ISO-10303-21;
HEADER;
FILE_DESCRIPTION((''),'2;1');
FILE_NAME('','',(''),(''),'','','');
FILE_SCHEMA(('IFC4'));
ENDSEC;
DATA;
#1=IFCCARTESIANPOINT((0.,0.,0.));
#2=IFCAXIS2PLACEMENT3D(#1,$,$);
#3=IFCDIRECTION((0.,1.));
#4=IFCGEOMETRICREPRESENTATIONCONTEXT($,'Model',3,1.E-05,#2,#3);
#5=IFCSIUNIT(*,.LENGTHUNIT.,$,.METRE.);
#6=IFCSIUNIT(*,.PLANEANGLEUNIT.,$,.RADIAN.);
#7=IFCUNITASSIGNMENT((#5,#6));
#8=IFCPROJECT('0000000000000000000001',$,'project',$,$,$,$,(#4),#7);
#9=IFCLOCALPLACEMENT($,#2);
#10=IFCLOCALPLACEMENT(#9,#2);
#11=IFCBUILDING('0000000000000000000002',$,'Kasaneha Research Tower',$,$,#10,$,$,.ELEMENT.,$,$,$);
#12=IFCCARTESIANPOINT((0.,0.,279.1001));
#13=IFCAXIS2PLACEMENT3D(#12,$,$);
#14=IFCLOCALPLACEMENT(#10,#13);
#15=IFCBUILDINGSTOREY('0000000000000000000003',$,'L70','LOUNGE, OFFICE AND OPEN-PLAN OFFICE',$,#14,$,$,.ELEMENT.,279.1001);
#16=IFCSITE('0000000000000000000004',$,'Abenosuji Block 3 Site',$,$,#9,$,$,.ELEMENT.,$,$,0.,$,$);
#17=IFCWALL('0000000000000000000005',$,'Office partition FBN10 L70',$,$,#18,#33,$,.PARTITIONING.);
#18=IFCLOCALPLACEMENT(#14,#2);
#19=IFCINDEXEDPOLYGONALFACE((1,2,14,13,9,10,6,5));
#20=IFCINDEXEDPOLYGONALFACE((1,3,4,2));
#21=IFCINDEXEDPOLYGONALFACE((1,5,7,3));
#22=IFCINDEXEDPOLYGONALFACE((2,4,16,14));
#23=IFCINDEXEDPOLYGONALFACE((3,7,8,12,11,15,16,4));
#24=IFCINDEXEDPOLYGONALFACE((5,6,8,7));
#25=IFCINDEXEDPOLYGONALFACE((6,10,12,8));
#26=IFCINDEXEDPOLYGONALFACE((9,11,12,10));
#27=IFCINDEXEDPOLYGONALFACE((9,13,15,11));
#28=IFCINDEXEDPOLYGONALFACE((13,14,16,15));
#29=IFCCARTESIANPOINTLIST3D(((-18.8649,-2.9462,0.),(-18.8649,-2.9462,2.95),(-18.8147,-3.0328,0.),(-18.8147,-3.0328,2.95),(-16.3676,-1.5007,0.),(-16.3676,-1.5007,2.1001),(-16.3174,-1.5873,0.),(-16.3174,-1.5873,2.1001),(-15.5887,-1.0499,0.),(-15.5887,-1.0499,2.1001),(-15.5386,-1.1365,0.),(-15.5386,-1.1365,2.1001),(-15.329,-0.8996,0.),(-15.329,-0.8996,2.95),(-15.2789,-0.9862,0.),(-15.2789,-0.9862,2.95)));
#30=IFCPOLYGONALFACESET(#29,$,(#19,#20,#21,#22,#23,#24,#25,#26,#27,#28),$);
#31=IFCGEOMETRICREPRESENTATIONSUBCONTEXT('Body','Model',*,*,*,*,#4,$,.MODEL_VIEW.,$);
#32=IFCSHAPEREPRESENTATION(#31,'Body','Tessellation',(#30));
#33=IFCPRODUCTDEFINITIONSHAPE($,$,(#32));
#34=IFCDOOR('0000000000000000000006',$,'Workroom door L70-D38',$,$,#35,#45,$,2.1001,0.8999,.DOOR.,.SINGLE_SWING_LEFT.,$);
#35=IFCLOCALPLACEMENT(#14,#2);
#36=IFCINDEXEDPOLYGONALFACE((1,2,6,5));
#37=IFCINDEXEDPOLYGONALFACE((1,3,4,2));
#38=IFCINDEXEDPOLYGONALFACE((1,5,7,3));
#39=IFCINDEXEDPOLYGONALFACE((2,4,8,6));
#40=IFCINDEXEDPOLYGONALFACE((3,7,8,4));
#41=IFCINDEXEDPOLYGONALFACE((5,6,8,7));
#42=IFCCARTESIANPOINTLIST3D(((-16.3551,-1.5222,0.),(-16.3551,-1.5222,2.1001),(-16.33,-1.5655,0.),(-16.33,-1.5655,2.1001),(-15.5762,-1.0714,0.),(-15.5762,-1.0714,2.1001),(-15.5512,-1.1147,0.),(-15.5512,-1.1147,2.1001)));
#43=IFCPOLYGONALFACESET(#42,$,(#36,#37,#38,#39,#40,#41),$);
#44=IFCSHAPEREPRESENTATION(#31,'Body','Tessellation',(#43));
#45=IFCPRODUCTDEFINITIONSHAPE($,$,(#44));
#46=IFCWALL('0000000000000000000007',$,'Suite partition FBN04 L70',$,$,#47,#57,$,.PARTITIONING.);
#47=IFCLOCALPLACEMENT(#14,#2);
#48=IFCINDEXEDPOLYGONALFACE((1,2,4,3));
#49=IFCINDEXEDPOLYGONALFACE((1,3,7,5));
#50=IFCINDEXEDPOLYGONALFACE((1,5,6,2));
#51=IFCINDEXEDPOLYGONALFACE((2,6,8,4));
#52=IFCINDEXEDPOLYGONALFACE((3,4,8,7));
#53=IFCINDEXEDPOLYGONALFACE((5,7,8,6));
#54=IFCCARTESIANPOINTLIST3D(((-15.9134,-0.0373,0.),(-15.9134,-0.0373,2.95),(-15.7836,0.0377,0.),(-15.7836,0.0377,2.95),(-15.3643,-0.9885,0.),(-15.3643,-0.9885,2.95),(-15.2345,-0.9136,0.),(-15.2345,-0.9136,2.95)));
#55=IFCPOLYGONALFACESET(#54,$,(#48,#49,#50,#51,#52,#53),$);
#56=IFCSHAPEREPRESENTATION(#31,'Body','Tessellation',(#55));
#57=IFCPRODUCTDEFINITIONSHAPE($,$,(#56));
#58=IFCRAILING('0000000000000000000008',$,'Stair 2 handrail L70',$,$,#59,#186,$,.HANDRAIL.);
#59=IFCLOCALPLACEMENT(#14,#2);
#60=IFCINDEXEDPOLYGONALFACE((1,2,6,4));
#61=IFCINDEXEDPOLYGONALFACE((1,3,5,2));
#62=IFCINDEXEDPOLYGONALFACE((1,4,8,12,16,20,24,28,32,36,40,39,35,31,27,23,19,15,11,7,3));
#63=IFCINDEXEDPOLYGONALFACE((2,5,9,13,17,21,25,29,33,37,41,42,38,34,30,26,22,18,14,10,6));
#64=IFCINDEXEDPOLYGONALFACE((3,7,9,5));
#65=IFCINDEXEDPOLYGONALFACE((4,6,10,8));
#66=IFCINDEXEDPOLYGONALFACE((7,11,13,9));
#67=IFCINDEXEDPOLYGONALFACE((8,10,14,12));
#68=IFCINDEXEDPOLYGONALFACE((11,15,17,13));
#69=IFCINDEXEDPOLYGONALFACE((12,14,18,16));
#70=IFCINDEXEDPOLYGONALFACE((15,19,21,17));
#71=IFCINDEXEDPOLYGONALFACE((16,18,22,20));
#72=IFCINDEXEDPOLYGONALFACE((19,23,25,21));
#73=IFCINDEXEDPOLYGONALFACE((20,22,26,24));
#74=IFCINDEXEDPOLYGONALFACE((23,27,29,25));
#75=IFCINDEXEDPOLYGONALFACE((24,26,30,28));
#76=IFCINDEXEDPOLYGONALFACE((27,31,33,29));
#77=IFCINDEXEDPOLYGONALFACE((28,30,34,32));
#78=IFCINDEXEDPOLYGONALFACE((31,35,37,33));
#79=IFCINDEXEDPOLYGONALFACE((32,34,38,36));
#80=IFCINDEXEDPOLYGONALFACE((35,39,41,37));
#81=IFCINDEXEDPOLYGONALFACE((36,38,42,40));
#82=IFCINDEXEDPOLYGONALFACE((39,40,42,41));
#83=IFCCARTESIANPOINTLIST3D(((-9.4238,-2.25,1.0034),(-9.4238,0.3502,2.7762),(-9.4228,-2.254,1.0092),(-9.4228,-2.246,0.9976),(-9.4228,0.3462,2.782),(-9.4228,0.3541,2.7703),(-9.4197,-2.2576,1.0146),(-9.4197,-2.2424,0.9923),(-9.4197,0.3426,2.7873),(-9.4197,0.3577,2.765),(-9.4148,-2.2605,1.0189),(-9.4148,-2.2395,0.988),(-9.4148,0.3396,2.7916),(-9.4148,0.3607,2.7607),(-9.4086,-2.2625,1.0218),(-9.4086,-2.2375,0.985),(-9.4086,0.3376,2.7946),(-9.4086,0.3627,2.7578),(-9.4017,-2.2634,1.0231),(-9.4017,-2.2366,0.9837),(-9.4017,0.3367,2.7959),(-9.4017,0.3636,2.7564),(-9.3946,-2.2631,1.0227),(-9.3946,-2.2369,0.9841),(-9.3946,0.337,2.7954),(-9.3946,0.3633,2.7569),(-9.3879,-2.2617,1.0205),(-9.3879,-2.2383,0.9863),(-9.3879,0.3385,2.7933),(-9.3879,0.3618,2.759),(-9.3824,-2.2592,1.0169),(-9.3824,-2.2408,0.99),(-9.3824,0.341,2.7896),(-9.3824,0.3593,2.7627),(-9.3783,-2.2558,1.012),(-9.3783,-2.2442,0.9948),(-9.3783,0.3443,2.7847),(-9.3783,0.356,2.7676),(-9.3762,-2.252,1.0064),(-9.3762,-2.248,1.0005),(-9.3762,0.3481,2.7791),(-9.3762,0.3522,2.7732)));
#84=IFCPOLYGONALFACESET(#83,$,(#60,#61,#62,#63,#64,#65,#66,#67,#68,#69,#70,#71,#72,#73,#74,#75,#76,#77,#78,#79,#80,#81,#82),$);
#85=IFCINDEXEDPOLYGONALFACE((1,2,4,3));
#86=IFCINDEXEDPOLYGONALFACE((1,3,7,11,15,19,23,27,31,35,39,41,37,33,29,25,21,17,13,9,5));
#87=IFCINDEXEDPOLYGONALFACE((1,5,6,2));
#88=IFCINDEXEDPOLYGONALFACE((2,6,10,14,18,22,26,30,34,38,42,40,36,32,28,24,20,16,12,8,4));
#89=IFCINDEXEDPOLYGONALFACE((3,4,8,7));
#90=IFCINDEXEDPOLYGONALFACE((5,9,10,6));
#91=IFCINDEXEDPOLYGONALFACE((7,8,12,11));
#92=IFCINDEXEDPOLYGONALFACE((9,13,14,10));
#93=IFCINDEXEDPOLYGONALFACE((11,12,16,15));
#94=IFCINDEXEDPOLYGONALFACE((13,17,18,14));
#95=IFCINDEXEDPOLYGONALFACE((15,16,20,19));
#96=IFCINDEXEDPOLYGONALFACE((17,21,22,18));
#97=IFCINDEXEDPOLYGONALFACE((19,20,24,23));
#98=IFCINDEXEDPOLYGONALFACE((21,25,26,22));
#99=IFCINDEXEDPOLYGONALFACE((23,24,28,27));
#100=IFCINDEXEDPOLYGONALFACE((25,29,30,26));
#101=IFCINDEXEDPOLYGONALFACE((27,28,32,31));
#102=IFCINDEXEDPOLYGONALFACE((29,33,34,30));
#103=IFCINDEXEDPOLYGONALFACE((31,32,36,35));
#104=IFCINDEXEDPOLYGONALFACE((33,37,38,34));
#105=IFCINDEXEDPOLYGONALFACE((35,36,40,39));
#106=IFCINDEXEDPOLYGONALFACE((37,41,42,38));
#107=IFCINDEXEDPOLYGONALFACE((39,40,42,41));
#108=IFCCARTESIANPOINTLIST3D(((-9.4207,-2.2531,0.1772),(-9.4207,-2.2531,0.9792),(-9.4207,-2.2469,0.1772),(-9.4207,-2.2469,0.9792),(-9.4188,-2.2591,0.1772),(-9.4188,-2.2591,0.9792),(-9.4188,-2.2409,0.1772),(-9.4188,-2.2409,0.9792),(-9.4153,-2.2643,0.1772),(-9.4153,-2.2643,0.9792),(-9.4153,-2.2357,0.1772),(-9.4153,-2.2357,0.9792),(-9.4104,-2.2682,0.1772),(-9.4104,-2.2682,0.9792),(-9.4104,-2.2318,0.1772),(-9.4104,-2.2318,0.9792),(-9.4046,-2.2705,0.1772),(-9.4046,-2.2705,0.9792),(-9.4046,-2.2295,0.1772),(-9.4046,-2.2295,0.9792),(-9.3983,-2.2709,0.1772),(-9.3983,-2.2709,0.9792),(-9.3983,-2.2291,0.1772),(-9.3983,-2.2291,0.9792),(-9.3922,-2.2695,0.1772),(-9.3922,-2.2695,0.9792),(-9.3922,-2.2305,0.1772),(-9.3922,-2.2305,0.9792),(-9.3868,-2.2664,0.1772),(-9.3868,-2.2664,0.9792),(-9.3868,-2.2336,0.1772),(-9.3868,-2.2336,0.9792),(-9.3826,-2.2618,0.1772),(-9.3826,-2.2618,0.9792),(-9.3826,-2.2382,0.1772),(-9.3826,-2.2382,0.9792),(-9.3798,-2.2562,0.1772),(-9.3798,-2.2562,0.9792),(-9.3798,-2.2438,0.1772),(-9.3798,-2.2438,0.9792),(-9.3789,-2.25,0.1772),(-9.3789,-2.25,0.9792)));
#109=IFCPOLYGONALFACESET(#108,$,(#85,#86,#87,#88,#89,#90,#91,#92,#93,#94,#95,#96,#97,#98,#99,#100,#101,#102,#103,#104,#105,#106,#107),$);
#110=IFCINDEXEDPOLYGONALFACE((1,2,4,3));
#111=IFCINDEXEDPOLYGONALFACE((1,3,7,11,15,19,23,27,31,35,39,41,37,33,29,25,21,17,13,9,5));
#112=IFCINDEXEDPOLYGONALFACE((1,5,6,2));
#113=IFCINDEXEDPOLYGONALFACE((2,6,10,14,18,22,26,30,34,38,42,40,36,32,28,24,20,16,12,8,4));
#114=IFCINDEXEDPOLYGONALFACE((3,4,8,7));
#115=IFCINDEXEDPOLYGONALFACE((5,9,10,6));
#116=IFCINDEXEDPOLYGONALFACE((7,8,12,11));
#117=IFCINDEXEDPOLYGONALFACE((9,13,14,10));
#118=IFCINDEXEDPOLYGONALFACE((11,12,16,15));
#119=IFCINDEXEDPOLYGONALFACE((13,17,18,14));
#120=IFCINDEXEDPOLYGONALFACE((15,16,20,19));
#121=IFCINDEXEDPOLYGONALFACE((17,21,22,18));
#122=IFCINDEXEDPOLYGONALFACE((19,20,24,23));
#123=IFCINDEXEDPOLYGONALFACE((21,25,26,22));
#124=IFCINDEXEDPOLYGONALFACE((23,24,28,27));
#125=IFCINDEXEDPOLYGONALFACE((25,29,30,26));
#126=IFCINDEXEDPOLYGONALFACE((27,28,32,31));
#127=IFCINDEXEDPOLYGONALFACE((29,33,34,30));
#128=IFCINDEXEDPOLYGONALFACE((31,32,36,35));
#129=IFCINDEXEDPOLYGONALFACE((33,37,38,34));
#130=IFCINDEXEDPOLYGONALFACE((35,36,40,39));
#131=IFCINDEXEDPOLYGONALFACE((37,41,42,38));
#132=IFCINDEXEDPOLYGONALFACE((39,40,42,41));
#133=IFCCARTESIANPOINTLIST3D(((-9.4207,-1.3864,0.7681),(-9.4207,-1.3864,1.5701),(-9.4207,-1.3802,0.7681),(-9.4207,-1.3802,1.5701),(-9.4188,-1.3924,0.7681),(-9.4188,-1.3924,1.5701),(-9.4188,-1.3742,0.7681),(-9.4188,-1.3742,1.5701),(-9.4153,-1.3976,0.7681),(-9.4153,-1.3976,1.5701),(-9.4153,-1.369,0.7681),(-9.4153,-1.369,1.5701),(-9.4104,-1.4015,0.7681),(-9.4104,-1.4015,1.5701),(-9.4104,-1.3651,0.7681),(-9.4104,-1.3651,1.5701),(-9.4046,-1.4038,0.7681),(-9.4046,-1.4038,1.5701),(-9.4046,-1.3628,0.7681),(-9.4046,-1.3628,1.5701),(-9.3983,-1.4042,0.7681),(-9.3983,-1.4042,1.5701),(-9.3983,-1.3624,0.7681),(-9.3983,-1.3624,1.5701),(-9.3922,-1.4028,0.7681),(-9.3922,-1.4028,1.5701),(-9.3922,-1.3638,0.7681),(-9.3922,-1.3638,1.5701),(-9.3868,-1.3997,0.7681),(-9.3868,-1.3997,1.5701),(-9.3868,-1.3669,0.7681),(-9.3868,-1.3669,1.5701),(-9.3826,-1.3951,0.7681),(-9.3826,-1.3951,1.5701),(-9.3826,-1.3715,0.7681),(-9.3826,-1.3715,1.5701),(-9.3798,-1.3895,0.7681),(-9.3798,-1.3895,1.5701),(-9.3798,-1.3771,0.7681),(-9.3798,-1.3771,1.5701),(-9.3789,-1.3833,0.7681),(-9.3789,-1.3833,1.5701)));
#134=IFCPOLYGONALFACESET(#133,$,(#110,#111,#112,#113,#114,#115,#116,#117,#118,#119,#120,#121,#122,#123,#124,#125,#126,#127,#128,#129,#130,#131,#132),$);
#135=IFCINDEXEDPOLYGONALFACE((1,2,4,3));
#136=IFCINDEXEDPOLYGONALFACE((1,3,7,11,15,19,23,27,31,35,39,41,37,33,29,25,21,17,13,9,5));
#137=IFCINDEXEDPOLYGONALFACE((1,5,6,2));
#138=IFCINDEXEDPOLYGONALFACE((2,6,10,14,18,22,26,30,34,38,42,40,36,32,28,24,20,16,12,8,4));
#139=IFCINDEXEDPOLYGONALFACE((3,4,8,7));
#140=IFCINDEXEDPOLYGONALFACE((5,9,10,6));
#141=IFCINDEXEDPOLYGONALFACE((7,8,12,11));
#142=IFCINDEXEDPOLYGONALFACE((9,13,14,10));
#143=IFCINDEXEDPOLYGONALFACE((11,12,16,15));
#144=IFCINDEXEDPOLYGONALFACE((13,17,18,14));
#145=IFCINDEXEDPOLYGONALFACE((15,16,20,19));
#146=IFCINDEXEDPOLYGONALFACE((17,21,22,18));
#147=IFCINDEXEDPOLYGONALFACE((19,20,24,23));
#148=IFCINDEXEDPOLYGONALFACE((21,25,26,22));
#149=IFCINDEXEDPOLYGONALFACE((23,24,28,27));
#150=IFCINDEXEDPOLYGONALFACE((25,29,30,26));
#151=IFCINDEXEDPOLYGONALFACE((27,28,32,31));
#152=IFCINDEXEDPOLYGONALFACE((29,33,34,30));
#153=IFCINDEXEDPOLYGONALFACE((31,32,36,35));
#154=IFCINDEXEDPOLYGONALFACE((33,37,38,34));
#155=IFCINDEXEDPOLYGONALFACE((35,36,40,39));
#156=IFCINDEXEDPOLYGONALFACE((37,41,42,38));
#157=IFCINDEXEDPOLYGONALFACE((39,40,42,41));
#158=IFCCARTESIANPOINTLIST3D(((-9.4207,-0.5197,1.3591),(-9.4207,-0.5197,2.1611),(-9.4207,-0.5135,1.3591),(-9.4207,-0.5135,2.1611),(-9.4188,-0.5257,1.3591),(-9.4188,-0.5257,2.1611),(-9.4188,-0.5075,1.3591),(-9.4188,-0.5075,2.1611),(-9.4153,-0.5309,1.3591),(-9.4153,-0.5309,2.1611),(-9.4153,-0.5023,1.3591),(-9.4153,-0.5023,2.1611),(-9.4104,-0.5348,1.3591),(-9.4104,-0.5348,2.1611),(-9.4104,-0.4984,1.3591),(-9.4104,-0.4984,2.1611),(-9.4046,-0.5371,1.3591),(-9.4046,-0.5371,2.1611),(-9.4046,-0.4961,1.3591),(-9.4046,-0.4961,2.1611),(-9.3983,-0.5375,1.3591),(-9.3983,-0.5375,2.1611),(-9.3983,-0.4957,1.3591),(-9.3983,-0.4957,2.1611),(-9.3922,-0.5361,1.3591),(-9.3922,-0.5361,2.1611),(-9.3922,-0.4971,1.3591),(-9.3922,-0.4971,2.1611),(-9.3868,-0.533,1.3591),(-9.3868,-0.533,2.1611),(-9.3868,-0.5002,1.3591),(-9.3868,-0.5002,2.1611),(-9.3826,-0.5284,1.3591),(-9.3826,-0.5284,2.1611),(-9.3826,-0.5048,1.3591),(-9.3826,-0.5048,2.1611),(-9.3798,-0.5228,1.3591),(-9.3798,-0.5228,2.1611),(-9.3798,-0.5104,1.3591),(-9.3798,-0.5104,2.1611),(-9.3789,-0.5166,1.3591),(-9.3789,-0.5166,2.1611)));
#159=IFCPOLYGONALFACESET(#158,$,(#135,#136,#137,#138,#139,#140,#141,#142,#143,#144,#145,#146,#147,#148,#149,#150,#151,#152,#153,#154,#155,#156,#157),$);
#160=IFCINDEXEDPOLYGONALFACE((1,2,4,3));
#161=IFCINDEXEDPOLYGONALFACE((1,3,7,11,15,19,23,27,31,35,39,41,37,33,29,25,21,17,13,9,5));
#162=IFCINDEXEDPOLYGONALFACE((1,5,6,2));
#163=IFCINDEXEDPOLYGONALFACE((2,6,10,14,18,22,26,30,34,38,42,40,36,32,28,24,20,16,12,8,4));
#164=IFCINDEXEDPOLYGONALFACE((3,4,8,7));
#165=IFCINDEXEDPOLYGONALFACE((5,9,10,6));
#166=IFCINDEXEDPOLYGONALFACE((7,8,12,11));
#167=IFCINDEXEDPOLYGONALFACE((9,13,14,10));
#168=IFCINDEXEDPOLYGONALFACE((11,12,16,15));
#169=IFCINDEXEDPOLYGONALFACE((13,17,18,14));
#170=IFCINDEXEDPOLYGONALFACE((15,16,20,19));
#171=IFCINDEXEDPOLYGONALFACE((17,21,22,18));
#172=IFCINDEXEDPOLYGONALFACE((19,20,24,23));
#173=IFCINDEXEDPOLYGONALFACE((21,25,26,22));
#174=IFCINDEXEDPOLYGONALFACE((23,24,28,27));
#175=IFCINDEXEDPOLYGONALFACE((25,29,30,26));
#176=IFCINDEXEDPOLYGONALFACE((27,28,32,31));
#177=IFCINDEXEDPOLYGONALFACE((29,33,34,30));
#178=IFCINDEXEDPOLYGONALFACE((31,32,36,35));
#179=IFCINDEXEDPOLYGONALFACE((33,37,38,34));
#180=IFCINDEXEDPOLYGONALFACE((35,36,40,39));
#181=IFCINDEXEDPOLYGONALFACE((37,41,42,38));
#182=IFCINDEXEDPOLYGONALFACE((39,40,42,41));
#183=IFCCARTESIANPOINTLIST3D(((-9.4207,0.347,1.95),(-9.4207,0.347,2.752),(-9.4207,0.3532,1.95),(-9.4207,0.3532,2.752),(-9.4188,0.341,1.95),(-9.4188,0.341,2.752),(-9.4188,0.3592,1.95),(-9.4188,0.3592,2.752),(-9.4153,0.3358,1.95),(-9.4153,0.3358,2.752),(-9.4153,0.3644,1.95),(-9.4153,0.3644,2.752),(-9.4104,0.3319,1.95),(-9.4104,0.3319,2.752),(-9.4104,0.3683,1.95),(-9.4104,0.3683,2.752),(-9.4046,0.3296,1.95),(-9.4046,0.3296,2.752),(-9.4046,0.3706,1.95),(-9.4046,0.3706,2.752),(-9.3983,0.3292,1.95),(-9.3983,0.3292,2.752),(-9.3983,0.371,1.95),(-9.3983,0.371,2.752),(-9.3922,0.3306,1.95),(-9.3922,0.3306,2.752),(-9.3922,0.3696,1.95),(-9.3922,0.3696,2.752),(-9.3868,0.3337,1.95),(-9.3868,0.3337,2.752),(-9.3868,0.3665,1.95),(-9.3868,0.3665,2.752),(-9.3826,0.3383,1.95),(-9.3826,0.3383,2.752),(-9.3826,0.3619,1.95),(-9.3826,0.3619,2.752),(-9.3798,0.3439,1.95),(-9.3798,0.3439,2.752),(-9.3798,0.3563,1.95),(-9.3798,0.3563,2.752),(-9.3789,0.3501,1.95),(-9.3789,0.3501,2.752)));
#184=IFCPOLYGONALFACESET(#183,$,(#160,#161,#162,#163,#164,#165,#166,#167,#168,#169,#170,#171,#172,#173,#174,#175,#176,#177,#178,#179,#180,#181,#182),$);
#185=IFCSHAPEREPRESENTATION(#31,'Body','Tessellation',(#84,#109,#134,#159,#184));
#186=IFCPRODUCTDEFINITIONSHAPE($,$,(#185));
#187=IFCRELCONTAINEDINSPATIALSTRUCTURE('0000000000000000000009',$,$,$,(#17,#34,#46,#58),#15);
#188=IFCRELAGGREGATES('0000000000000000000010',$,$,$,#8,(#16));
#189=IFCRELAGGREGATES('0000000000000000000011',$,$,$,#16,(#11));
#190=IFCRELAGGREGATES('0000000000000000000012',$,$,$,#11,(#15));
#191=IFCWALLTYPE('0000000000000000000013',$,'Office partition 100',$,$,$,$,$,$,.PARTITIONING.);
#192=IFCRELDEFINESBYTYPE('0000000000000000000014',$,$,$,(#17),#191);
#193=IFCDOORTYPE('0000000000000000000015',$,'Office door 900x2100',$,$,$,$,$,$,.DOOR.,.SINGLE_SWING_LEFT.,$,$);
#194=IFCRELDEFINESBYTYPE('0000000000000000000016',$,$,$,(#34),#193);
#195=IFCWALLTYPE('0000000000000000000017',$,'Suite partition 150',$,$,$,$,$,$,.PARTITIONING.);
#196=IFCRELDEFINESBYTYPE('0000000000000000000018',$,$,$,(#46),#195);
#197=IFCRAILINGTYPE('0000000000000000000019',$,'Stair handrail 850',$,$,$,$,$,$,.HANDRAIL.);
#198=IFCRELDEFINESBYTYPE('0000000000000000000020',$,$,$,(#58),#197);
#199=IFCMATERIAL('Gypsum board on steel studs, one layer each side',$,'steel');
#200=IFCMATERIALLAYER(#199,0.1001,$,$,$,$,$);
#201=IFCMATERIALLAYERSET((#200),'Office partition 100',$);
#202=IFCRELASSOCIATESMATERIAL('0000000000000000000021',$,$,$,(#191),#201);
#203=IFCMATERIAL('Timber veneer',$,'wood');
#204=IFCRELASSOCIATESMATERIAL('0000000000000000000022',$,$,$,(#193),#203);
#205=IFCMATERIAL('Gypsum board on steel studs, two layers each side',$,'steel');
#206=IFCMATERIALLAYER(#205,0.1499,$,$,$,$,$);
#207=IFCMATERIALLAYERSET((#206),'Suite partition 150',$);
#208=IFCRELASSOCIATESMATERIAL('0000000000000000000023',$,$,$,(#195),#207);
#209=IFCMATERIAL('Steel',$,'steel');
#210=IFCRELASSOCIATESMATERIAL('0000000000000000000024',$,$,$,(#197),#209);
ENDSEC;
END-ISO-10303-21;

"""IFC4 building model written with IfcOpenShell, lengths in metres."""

from ifc_helpers import new_model, si_unit, direction, frame, frame_2d, origin, origin_2d, place, context, subcontext, project, spatial, rectangle, circle, extrude, material, layer, layer_set, type_object, element, fill, save


model = new_model("IFC4")

# Units and contexts
model_context = context("Model", 3, precision=1e-05, world=origin(), true_north=direction((0.0, 1.0)))
body_context = subcontext(model_context, "Body", "Model", "MODEL_VIEW")
ifc_project = project(units=[si_unit("LENGTHUNIT", "METRE"), si_unit("PLANEANGLEUNIT", "RADIAN")], contexts=[model_context])

# Site, building, storey
site_placement = place(None, origin())
site = spatial("IfcSite", under=ifc_project, at=site_placement, Name="Abenosuji Block 3 Site", CompositionType="ELEMENT", RefElevation=0.0)
building_placement = place(site_placement, origin())
building = spatial("IfcBuilding", under=site, at=building_placement, Name="Kasaneha Research Tower", CompositionType="ELEMENT")
storey_placement = place(building_placement, frame((0.0, 0.0, 279.1001)))
storey = spatial("IfcBuildingStorey", under=building, at=storey_placement, Name="L70", Description="LOUNGE, OFFICE AND OPEN-PLAN OFFICE", CompositionType="ELEMENT", Elevation=279.1001)

# Wall, opening, door
ifc_material_1 = material(Name="Gypsum board on steel studs, one layer each side", Category="steel")
ifc_layer_1 = layer(ifc_material_1, 0.1001)
ifc_layer_set_1 = layer_set([ifc_layer_1], Name="Office partition 100")
wall_type_1 = type_object("IfcWallType", Name="Office partition 100", PredefinedType="PARTITIONING", material=ifc_layer_set_1)
wall_1_placement = place(storey_placement, frame((-15.304, -0.9429, 0.0), z_axis=(0.0, 0.0, 1.0), x_axis=(-0.865475, -0.500951, 0.0)))
wall_1 = element("IfcWall", 1, at=wall_1_placement, inside=storey, type_object=wall_type_1, Name="Office partition FBN10 L70", PredefinedType="PARTITIONING", context=body_context, shape_type="SweptSolid", body=[
    extrude(rectangle(XDim=4.0854, YDim=0.1001, at=frame_2d((2.0427, 0.0))), origin(), (0.0, 0.0, 1.0), 2.95),
])
opening_1_placement = place(wall_1_placement, frame((0.3, 0.0, 0.0)))
opening_1 = element("IfcOpeningElement", 2, at=opening_1_placement, cuts=wall_1, PredefinedType="OPENING", context=body_context, shape_type="SweptSolid", body=[
    extrude(rectangle(XDim=0.8999, YDim=2.1001, at=frame_2d((0.45, 1.05))), frame((0.0, 0.0601, 0.0), z_axis=(0.0, -1.0, 0.0), x_axis=(1.0, 0.0, 0.0)), (0.0, 0.0, 1.0), 0.1201),
])
ifc_material_2 = material(Name="Timber veneer", Category="wood")
door_type_1 = type_object("IfcDoorType", Name="Office door 900x2100", OperationType="SINGLE_SWING_LEFT", PredefinedType="DOOR", material=ifc_material_2)
door_1_placement = place(opening_1_placement, origin())
door_1 = element("IfcDoor", 3, at=door_1_placement, inside=storey, type_object=door_type_1, Name="Workroom door L70-D38", OperationType="SINGLE_SWING_LEFT", OverallHeight=2.1001, OverallWidth=0.8999, PredefinedType="DOOR", context=body_context, shape_type="SweptSolid", body=[
    extrude(rectangle(XDim=0.8999, YDim=2.1001, at=frame_2d((0.45, 1.05))), frame((0.0, 0.0249, 0.0), z_axis=(0.0, -1.0, 0.0), x_axis=(1.0, 0.0, 0.0)), (0.0, 0.0, 1.0), 0.05),
])
fill(opening_1, door_1)

# Wall
ifc_material_3 = material(Name="Gypsum board on steel studs, two layers each side", Category="steel")
ifc_layer_2 = layer(ifc_material_3, 0.1499)
ifc_layer_set_2 = layer_set([ifc_layer_2], Name="Suite partition 150")
wall_type_2 = type_object("IfcWallType", Name="Suite partition 150", PredefinedType="PARTITIONING", material=ifc_layer_set_2)
wall_2_placement = place(storey_placement, frame((-15.2993, -0.9512, 0.0), z_axis=(0.0, 0.0, 1.0), x_axis=(-0.499941, 0.86606, 0.0)))
element("IfcWall", 4, at=wall_2_placement, inside=storey, type_object=wall_type_2, Name="Suite partition FBN04 L70", PredefinedType="PARTITIONING", context=body_context, shape_type="SweptSolid", body=[
    extrude(rectangle(XDim=1.0984, YDim=0.1499, at=frame_2d((0.5493, 0.0))), origin(), (0.0, 0.0, 1.0), 2.95),
])

# Railing
ifc_material_4 = material(Name="Steel", Category="steel")
railing_type = type_object("IfcRailingType", Name="Stair handrail 850", PredefinedType="HANDRAIL", material=ifc_material_4)
railing_placement = place(storey_placement, frame((-9.3999, -2.25, 0.1772)))
element("IfcRailing", 5, at=railing_placement, inside=storey, type_object=railing_type, Name="Stair 2 handrail L70", PredefinedType="HANDRAIL", context=body_context, shape_type="SweptSolid", body=[
    extrude(circle(Radius=0.0239, at=origin_2d()), frame((0.0, 0.0, 0.8262), z_axis=(0.0, 0.82624, 0.563318), x_axis=(-1.0, 0.0, 0.0)), (0.0, 0.0, 1.0), 3.147),
    extrude(circle(Radius=0.021, at=origin_2d()), origin(), (0.0, 0.0, 1.0), 0.802),
    extrude(circle(Radius=0.021, at=origin_2d()), frame((0.0, 0.8667, 0.5908)), (0.0, 0.0, 1.0), 0.802),
    extrude(circle(Radius=0.021, at=origin_2d()), frame((0.0, 1.7334, 1.1819)), (0.0, 0.0, 1.0), 0.802),
    extrude(circle(Radius=0.021, at=origin_2d()), frame((0.0, 2.6001, 1.7727)), (0.0, 0.0, 1.0), 0.802),
])

save(model, "model.ifc")
